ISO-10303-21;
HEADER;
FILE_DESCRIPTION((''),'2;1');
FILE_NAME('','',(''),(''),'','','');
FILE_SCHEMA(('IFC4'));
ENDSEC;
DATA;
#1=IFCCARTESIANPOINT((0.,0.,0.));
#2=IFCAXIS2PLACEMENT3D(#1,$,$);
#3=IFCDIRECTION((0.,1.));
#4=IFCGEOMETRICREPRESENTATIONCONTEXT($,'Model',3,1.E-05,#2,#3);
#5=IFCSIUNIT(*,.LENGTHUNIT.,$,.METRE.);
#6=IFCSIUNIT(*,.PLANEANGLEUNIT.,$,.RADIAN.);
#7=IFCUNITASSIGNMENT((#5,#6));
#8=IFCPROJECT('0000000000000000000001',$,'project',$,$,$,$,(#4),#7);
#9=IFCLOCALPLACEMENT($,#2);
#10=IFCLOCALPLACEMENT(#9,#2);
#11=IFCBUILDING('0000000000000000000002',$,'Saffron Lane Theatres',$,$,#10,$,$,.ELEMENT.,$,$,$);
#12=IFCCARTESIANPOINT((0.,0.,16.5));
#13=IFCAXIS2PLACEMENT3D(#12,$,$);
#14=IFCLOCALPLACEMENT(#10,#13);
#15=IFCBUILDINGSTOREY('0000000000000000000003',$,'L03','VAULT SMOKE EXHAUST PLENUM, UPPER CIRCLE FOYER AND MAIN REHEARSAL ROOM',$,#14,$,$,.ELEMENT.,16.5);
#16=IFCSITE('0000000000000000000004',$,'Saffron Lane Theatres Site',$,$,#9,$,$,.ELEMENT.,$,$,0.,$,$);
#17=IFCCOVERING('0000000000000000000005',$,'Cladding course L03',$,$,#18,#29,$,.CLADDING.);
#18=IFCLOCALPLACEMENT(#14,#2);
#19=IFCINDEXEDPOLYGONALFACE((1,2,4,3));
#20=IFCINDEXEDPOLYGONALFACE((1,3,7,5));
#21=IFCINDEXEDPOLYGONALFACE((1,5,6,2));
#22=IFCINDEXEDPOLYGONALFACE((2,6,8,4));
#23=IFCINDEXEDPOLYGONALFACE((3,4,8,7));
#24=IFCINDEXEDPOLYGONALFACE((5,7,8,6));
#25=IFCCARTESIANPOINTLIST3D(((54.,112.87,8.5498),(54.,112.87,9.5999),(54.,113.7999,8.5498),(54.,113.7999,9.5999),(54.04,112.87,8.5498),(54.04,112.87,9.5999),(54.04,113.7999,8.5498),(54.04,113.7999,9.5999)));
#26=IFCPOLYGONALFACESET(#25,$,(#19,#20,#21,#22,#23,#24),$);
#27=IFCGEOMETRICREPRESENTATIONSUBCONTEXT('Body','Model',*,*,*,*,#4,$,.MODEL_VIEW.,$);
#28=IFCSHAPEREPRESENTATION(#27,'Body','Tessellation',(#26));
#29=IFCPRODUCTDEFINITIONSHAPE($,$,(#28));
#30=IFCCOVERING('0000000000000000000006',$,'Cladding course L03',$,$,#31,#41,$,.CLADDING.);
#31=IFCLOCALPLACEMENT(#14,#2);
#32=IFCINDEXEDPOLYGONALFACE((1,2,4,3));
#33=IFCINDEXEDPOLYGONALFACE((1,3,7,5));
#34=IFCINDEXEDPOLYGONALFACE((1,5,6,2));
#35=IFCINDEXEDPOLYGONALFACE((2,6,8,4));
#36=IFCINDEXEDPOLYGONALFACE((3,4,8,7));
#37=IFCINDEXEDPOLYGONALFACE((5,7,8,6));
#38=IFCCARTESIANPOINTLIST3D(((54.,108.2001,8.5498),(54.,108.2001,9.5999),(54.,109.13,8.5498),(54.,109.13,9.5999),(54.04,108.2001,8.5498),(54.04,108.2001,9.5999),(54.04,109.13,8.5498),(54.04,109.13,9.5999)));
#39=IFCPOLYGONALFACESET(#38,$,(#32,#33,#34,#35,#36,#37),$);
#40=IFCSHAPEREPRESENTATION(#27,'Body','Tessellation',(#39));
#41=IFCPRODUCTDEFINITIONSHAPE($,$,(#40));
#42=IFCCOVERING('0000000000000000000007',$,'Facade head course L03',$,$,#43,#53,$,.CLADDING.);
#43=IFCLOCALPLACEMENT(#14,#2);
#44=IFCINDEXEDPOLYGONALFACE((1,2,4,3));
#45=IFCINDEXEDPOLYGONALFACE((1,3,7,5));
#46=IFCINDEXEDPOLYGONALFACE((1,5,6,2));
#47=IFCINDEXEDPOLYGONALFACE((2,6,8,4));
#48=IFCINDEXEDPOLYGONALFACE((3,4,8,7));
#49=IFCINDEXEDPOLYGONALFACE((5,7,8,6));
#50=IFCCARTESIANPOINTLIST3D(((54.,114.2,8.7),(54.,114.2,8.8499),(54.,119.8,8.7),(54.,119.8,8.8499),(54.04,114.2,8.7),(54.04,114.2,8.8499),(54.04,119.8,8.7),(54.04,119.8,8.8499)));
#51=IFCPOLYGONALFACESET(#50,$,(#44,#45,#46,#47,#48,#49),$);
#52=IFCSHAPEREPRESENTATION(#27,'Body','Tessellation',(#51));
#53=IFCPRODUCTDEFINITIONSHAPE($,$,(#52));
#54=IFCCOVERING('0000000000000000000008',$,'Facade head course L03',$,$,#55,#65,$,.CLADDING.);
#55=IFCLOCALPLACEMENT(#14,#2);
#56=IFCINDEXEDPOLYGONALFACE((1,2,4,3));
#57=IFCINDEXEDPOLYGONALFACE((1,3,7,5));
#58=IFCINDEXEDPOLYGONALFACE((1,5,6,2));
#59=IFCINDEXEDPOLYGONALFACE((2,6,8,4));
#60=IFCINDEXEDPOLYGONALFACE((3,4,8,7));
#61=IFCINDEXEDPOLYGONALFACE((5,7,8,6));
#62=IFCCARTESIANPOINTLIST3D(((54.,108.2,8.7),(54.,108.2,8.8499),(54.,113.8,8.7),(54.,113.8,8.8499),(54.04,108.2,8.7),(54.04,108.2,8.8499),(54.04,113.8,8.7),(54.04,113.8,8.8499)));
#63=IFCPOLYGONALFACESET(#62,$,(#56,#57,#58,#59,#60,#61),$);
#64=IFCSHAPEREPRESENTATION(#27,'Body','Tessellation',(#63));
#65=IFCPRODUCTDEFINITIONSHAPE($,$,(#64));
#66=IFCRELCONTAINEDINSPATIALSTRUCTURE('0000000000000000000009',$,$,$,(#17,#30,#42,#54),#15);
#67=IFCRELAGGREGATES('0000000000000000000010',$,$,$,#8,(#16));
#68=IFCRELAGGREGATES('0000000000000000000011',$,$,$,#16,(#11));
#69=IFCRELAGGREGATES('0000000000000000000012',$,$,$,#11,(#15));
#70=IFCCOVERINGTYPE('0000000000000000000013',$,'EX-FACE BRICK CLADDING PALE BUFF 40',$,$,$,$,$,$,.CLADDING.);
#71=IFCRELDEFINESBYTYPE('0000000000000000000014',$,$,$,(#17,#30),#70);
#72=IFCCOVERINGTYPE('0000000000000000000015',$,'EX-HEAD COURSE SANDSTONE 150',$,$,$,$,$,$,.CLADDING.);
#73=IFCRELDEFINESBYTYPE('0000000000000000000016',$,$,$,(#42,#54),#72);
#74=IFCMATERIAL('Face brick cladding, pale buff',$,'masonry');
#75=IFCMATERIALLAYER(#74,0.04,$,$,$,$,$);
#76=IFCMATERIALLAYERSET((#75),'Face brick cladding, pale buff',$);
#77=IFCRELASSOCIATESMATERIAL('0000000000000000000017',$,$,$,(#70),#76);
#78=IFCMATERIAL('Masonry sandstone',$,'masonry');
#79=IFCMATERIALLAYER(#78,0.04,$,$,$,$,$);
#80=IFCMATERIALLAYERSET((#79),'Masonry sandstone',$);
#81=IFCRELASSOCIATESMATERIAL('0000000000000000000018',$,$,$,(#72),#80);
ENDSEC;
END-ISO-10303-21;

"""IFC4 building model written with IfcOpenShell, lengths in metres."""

from ifc_helpers import new_model, si_unit, direction, frame, origin, origin_2d, place, context, subcontext, project, spatial, rectangle, extrude, material, layer, layer_set, type_object, element, save


model = new_model("IFC4")

# Units and contexts
model_context = context("Model", 3, precision=1e-05, world=origin(), true_north=direction((0.0, 1.0)))
body_context = subcontext(model_context, "Body", "Model", "MODEL_VIEW")
ifc_project = project(units=[si_unit("LENGTHUNIT", "METRE"), si_unit("PLANEANGLEUNIT", "RADIAN")], contexts=[model_context])

# Site, building, storey
site_placement = place(None, origin())
site = spatial("IfcSite", under=ifc_project, at=site_placement, Name="Saffron Lane Theatres Site", CompositionType="ELEMENT", RefElevation=0.0)
building_placement = place(site_placement, origin())
building = spatial("IfcBuilding", under=site, at=building_placement, Name="Saffron Lane Theatres", CompositionType="ELEMENT")
storey_placement = place(building_placement, frame((0.0, 0.0, 16.5)))
storey = spatial("IfcBuildingStorey", under=building, at=storey_placement, Name="L03", Description="VAULT SMOKE EXHAUST PLENUM, UPPER CIRCLE FOYER AND MAIN REHEARSAL ROOM", CompositionType="ELEMENT", Elevation=16.5)

# Coverings
ifc_material_1 = material(Name="Face brick cladding, pale buff", Category="masonry")
ifc_layer_1 = layer(ifc_material_1, 0.04)
ifc_layer_set_1 = layer_set([ifc_layer_1], Name="Face brick cladding, pale buff")
covering_type_1 = type_object("IfcCoveringType", Name="EX-FACE BRICK CLADDING PALE BUFF 40", PredefinedType="CLADDING", material=ifc_layer_set_1)
for number, where, z_axis, x_axis, name in (
    (1, (54.02, 113.335, 8.5498), (0.0, 0.0, 1.0), (0.0, -1.0, 0.0), "Cladding course L03"),
    (2, (54.02, 108.665, 8.5498), (0.0, 0.0, 1.0), (0.0, -1.0, 0.0), "Cladding course L03"),
):
    element("IfcCovering", number, at=place(storey_placement, frame(where, z_axis=z_axis, x_axis=x_axis)), inside=storey, type_object=covering_type_1, Name=name, PredefinedType="CLADDING", context=body_context, shape_type="SweptSolid", body=[
        extrude(rectangle(XDim=0.9299, YDim=0.04, at=origin_2d()), origin(), (0.0, 0.0, 1.0), 1.05),
    ])
ifc_material_2 = material(Name="Masonry sandstone", Category="masonry")
ifc_layer_2 = layer(ifc_material_2, 0.04)
ifc_layer_set_2 = layer_set([ifc_layer_2], Name="Masonry sandstone")
covering_type_2 = type_object("IfcCoveringType", Name="EX-HEAD COURSE SANDSTONE 150", PredefinedType="CLADDING", material=ifc_layer_set_2)
for number, where, z_axis, x_axis, name in (
    (3, (54.02, 117.0, 8.7), (0.0, 0.0, 1.0), (0.0, -1.0, 0.0), "Facade head course L03"),
    (4, (54.02, 111.0, 8.7), (0.0, 0.0, 1.0), (0.0, -1.0, 0.0), "Facade head course L03"),
):
    element("IfcCovering", number, at=place(storey_placement, frame(where, z_axis=z_axis, x_axis=x_axis)), inside=storey, type_object=covering_type_2, Name=name, PredefinedType="CLADDING", context=body_context, shape_type="SweptSolid", body=[
        extrude(rectangle(XDim=5.6001, YDim=0.04, at=origin_2d()), origin(), (0.0, 0.0, 1.0), 0.1499),
    ])

save(model, "model.ifc")
